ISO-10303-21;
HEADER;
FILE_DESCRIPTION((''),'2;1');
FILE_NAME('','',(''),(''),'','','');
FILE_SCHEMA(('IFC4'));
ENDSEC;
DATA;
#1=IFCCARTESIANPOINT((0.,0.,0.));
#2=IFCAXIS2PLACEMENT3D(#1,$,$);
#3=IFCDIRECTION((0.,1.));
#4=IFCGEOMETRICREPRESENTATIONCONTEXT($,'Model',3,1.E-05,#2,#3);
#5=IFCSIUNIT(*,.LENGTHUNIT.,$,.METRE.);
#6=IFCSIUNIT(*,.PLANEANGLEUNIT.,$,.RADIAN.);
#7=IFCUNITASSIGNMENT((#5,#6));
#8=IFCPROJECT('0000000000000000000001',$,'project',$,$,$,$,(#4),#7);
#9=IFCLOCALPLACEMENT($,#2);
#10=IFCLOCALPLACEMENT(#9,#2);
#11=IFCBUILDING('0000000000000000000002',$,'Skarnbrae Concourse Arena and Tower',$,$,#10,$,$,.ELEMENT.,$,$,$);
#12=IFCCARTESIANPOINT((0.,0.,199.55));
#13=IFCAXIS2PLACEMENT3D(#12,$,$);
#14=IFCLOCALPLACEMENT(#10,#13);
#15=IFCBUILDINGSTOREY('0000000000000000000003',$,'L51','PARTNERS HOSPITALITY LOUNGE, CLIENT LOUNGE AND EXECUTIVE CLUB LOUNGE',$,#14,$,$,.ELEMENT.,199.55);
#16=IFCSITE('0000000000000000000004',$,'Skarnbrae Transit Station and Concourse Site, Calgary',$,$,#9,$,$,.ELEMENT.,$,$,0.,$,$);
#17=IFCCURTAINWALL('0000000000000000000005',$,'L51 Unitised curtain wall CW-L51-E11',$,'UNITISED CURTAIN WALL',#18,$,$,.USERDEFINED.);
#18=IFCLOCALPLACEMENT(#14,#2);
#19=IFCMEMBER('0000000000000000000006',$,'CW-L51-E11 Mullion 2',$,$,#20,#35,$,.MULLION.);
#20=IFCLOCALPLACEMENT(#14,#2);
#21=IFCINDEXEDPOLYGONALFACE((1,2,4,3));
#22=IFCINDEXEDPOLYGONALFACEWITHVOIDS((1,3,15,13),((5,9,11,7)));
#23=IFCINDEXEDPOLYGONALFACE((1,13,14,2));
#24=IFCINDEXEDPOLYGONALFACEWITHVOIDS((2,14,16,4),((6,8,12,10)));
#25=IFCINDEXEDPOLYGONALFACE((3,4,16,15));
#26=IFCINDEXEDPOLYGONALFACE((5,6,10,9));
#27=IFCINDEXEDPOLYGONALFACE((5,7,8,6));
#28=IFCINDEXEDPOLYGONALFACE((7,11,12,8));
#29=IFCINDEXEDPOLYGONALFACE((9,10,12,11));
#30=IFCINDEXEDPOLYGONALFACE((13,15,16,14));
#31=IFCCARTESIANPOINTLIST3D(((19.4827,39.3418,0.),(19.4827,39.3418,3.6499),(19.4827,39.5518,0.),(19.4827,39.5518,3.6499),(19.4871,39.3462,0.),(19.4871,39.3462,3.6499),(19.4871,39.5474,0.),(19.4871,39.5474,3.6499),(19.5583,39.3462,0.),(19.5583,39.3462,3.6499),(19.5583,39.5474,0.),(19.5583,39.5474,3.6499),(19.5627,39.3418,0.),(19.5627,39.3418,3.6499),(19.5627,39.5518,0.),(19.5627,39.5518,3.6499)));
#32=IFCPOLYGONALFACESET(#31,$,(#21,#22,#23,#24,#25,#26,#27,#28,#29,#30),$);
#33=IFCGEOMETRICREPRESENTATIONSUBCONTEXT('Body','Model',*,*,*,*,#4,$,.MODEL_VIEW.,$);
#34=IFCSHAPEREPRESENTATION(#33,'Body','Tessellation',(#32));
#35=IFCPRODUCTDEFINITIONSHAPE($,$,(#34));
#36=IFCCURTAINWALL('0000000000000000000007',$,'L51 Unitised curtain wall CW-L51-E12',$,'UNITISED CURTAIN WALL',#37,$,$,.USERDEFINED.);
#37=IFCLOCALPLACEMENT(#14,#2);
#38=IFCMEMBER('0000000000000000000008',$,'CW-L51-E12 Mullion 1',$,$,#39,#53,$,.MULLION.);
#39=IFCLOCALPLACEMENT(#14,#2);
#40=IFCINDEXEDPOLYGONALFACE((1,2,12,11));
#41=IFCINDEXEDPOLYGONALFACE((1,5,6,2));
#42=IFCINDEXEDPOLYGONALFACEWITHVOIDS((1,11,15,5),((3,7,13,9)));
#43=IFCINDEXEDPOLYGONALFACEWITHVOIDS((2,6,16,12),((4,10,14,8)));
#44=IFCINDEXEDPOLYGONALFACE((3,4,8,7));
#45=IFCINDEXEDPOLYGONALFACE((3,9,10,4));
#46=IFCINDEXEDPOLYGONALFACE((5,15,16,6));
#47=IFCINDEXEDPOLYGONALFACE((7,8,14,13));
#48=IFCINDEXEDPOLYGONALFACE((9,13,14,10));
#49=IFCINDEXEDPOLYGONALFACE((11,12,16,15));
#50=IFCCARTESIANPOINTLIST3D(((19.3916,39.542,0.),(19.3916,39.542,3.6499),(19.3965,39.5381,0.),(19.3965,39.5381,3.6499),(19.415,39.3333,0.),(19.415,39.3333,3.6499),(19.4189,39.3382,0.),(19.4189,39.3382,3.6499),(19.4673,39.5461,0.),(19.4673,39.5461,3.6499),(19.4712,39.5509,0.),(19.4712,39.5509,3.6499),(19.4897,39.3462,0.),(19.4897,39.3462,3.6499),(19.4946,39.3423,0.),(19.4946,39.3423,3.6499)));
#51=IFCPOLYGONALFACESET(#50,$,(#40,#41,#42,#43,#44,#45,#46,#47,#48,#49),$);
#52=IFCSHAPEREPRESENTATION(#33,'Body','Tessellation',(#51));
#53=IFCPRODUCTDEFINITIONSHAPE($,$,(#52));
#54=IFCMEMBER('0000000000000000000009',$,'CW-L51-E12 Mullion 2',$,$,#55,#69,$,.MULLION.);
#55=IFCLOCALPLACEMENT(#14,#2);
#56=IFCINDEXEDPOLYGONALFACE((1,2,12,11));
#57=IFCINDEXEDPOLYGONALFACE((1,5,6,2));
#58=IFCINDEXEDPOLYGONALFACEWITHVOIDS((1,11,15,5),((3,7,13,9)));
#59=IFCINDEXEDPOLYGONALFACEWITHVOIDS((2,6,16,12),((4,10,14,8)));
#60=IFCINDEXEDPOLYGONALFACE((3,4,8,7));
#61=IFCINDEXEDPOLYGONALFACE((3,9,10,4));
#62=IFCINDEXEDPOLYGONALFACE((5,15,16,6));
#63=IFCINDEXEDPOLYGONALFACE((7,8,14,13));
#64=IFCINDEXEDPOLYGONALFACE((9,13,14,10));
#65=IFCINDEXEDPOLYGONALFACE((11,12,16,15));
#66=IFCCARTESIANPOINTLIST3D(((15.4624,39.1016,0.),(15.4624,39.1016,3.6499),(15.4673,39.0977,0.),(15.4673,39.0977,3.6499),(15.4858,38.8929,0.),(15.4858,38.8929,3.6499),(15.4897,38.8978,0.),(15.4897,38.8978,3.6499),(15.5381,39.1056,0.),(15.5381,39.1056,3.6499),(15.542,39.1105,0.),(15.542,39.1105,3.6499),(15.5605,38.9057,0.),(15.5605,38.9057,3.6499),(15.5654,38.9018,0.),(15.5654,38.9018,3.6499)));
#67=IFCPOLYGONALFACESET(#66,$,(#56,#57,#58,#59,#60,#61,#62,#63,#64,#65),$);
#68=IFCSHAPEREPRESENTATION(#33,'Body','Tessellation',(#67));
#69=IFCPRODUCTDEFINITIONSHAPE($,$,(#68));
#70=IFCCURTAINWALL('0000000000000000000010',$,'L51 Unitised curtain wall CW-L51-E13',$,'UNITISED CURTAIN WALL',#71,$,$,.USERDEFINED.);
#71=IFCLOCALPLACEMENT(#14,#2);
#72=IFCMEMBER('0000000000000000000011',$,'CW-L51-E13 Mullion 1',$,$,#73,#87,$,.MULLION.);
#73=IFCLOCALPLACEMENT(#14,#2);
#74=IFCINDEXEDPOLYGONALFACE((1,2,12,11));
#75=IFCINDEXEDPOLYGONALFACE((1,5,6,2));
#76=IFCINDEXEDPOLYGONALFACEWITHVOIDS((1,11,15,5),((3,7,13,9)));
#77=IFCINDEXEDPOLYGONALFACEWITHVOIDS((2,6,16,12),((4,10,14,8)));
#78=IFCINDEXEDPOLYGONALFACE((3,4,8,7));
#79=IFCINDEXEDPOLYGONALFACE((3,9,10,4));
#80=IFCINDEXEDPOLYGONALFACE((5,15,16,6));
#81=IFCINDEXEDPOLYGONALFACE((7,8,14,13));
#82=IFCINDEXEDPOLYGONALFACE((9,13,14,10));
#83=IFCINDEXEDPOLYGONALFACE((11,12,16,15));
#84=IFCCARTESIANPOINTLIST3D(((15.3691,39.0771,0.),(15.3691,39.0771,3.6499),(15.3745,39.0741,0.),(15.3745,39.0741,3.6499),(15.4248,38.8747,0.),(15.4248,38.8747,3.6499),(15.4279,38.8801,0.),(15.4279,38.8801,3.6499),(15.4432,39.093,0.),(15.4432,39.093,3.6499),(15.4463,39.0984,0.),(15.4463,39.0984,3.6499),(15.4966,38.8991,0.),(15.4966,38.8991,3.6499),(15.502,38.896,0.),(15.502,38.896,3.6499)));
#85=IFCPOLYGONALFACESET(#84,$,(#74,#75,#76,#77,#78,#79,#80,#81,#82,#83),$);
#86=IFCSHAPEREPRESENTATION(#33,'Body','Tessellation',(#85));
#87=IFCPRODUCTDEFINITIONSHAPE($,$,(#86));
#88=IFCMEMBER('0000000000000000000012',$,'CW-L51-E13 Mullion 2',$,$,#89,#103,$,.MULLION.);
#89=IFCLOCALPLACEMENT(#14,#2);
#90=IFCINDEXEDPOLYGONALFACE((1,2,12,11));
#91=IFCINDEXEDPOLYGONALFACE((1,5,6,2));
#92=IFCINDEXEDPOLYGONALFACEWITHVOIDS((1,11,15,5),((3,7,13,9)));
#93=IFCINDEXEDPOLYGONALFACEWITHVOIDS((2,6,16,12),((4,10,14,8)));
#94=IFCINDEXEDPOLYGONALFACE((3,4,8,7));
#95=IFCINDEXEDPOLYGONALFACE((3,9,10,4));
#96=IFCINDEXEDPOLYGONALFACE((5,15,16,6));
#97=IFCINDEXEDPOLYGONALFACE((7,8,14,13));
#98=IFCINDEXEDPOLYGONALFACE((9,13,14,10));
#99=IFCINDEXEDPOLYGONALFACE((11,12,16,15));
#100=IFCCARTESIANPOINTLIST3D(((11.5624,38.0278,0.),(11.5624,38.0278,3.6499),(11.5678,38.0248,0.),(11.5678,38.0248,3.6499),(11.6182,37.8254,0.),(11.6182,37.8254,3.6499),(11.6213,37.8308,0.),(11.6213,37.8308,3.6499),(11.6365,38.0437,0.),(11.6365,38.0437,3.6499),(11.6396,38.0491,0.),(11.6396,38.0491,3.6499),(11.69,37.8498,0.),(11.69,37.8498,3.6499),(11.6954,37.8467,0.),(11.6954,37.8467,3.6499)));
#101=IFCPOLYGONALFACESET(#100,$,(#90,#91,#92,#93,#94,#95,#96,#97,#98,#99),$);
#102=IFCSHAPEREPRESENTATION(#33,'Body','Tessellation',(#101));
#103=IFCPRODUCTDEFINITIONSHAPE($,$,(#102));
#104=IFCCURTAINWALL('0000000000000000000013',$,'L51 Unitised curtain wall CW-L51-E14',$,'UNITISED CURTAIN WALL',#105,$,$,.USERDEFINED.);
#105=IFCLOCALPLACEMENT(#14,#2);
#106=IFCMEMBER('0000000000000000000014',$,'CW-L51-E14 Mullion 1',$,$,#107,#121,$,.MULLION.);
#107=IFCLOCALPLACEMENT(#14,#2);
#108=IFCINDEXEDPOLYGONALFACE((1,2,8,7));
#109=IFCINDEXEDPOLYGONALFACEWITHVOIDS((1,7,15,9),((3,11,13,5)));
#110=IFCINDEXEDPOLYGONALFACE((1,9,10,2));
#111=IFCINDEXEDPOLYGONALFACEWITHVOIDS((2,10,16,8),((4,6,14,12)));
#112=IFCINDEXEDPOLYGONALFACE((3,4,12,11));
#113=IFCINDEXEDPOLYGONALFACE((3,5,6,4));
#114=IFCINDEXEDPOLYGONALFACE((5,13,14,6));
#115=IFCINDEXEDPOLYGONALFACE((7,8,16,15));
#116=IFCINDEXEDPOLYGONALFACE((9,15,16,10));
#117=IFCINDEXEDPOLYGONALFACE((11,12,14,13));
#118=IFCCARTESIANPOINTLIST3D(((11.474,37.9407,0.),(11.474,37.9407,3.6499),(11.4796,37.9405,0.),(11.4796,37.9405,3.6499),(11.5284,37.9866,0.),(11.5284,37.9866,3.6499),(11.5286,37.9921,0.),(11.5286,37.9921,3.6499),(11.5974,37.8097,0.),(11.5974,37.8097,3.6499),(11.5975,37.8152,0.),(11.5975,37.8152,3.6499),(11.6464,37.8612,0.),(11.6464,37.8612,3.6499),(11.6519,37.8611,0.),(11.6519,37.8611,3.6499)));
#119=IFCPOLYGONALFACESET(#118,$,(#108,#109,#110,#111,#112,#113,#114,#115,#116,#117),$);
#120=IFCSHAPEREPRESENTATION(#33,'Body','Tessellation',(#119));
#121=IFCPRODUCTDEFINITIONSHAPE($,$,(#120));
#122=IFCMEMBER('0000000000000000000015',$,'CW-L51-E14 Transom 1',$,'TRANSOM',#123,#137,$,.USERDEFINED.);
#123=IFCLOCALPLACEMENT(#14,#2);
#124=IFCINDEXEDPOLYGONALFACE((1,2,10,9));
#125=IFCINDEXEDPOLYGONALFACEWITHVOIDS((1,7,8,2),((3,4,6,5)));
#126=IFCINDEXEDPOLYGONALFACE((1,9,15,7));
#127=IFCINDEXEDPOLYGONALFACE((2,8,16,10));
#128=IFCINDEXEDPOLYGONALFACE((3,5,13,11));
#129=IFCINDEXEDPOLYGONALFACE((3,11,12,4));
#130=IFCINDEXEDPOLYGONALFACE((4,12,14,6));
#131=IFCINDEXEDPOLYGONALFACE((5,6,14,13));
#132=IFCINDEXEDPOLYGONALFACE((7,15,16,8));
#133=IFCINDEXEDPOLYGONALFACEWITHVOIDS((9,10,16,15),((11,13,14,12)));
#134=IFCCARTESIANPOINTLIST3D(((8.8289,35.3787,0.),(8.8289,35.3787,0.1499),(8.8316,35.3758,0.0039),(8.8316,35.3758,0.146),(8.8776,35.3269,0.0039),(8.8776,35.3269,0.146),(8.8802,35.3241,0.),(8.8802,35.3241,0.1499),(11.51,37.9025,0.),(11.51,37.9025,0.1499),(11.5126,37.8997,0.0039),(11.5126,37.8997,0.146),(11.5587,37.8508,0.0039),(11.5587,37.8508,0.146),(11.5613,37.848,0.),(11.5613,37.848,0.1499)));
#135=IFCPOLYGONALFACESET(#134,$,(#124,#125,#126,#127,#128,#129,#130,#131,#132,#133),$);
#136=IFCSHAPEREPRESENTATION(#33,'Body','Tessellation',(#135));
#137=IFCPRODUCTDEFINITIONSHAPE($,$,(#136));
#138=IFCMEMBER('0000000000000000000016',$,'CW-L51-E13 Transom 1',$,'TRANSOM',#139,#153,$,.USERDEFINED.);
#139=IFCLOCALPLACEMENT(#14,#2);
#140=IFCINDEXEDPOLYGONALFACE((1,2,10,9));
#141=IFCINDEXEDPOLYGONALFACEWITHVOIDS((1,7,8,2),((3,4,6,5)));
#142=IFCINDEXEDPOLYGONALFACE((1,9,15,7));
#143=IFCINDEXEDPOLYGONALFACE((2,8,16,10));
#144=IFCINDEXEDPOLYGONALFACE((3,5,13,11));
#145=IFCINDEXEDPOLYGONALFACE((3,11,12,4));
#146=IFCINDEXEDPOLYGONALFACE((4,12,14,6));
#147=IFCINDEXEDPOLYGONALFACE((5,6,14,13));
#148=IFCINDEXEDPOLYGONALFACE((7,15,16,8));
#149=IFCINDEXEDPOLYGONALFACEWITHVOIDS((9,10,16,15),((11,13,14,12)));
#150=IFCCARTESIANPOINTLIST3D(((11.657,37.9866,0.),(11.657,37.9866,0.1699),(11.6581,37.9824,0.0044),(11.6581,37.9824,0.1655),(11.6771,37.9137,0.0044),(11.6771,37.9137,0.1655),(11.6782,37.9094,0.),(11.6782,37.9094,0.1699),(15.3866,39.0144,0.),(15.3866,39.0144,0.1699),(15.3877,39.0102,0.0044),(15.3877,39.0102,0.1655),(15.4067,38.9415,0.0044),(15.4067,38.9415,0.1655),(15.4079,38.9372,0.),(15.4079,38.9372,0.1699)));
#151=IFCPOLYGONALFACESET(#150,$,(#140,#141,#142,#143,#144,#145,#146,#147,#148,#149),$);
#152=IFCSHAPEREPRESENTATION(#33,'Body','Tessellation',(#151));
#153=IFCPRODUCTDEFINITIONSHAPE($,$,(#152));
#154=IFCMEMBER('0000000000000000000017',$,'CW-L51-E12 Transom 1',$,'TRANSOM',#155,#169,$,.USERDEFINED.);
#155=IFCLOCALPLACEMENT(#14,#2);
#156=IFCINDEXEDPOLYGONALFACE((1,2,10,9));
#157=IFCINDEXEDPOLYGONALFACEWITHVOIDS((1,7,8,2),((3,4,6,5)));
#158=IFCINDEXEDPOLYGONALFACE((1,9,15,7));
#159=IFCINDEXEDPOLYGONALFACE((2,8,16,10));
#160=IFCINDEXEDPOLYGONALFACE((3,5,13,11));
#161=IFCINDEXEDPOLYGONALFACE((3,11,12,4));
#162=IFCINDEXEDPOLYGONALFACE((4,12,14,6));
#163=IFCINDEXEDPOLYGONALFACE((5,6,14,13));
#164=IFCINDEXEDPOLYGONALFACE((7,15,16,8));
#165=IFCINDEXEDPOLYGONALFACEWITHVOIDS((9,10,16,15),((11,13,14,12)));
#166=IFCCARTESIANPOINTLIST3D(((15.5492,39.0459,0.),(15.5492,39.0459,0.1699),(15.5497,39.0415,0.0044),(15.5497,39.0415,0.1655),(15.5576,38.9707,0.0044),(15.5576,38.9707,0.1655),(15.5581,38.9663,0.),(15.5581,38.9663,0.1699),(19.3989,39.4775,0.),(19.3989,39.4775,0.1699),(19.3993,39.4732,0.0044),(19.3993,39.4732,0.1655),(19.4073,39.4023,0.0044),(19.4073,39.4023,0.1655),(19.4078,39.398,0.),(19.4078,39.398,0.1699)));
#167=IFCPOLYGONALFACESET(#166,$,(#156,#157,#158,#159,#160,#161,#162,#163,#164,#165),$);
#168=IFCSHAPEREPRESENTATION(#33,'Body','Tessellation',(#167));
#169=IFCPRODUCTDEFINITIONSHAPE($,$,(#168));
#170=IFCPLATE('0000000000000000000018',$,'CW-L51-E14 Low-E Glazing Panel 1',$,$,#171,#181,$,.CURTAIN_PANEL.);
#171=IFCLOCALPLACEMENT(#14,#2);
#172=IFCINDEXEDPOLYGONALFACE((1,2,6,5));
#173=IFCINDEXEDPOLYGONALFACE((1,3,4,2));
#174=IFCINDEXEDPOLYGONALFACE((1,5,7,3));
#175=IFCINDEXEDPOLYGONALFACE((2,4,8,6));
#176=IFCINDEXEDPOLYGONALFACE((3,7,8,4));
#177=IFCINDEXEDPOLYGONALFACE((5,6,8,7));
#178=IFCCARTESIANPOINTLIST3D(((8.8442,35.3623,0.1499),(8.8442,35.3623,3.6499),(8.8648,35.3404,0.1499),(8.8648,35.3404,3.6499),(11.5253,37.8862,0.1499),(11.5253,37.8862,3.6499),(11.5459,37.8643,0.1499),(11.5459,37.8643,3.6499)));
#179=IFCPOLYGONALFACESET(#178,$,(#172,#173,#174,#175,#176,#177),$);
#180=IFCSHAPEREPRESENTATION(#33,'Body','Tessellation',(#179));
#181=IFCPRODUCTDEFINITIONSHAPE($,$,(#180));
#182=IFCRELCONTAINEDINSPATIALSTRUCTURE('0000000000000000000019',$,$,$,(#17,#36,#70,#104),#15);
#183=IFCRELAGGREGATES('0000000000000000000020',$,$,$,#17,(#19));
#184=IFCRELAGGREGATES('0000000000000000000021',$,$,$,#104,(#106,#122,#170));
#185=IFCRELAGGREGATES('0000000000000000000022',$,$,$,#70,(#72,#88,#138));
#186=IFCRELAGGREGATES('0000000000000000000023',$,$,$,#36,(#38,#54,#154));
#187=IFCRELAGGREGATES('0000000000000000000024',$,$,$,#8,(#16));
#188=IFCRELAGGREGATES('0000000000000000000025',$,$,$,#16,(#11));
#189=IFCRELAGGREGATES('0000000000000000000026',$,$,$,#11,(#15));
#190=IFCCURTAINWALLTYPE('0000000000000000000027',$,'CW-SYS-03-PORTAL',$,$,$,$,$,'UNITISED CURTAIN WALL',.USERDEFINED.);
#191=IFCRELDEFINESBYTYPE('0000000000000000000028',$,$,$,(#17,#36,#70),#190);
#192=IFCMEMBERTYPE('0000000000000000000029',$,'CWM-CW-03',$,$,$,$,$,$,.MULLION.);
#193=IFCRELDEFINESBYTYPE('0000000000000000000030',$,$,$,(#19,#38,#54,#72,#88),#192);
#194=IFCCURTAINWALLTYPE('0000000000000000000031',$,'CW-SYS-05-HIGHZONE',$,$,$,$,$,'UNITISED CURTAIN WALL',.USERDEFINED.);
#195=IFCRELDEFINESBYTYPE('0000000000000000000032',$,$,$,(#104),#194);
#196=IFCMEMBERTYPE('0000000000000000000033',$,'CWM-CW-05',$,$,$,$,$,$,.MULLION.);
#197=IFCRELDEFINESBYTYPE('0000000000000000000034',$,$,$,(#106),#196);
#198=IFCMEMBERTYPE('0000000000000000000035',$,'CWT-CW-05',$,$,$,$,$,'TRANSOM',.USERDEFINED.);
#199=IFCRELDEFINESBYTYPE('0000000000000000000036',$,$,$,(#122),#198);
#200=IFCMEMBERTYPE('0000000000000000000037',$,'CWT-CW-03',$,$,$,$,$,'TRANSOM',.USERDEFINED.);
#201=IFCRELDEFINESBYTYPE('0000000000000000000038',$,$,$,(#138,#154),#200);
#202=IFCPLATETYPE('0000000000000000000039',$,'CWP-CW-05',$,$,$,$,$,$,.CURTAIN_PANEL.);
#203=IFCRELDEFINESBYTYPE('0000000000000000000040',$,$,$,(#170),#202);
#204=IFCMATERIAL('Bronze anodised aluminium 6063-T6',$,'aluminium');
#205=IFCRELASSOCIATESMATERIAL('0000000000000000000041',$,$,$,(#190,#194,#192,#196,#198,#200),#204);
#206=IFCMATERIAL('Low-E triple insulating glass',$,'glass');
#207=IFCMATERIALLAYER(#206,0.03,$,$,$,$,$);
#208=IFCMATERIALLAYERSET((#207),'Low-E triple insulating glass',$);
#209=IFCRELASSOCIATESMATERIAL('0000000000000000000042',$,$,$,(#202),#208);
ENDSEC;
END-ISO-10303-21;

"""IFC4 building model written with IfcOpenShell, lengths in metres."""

from ifc_helpers import new_model, si_unit, direction, frame, origin, origin_2d, place, context, subcontext, project, spatial, rectangle, hollow_rectangle, extrude, source, transform, mapped, material, layer, layer_set, material_profile, profile_set, type_object, element, aggregate, save


model = new_model("IFC4")

# Units and contexts
model_context = context("Model", 3, precision=1e-05, world=origin(), true_north=direction((0.0, 1.0)))
body_context = subcontext(model_context, "Body", "Model", "MODEL_VIEW")
ifc_project = project(units=[si_unit("LENGTHUNIT", "METRE"), si_unit("PLANEANGLEUNIT", "RADIAN")], contexts=[model_context])

# Site, building, storey
site_placement = place(None, origin())
site = spatial("IfcSite", under=ifc_project, at=site_placement, Name="Skarnbrae Transit Station and Concourse Site, Calgary", CompositionType="ELEMENT", RefElevation=0.0)
building_placement = place(site_placement, origin())
building = spatial("IfcBuilding", under=site, at=building_placement, Name="Skarnbrae Concourse Arena and Tower", CompositionType="ELEMENT")
storey_placement = place(building_placement, frame((0.0, 0.0, 199.55)))
storey = spatial("IfcBuildingStorey", under=building, at=storey_placement, Name="L51", Description="PARTNERS HOSPITALITY LOUNGE, CLIENT LOUNGE AND EXECUTIVE CLUB LOUNGE", CompositionType="ELEMENT", Elevation=199.55)

# Curtain wall, member
ifc_material_1 = material(Name="Bronze anodised aluminium 6063-T6", Category="aluminium")
curtain_wall_type_1 = type_object("IfcCurtainWallType", Name="CW-SYS-03-PORTAL", ElementType="UNITISED CURTAIN WALL", PredefinedType="USERDEFINED", material=ifc_material_1)
curtain_wall_1_placement = place(storey_placement, origin())
curtain_wall_1 = element("IfcCurtainWall", 1, at=curtain_wall_1_placement, inside=storey, type_object=curtain_wall_type_1, Name="L51 Unitised curtain wall CW-L51-E11", ObjectType="UNITISED CURTAIN WALL", PredefinedType="USERDEFINED")
ifc_material_profile_1 = material_profile(ifc_material_1, hollow_rectangle(XDim=0.0801, YDim=0.21, WallThickness=0.0044, at=origin_2d()), Name="ALU-MULL-80X210")
ifc_profile_set_1 = profile_set([ifc_material_profile_1], Name="Bronze anodised aluminium 6063-T6")
member_type_1 = type_object("IfcMemberType", Name="CWM-CW-03", PredefinedType="MULLION", material=ifc_profile_set_1)
shared_shape_1 = source(origin(), body_context, "Body", "SweptSolid", [
    extrude(hollow_rectangle(XDim=0.0801, YDim=0.21, WallThickness=0.0044, at=origin_2d()), origin(), (0.0, 0.0, 1.0), 3.6499),
])
member_1_placement = place(storey_placement, frame((19.5227, 39.4468, 0.0), z_axis=(0.0, 0.0, 1.0), x_axis=(-1.0, 0.0, 0.0)))
member_1 = element("IfcMember", 2, at=member_1_placement, type_object=member_type_1, Name="CW-L51-E11 Mullion 2", PredefinedType="MULLION", context=body_context, shape_type="MappedRepresentation", body=[
    mapped(shared_shape_1, transform((0.0, 0.0, 0.0))),
])
aggregate(curtain_wall_1, [member_1])

# Curtain walls, members
curtain_wall_2_placement = place(storey_placement, origin())
curtain_wall_2 = element("IfcCurtainWall", 3, at=curtain_wall_2_placement, inside=storey, type_object=curtain_wall_type_1, Name="L51 Unitised curtain wall CW-L51-E12", ObjectType="UNITISED CURTAIN WALL", PredefinedType="USERDEFINED")
member_2_placement = place(storey_placement, frame((19.4431, 39.4421, 0.0), z_axis=(0.0, 0.0, 1.0), x_axis=(-0.993769, -0.11146, 0.0)))
member_2 = element("IfcMember", 4, at=member_2_placement, type_object=member_type_1, Name="CW-L51-E12 Mullion 1", PredefinedType="MULLION", context=body_context, shape_type="MappedRepresentation", body=[
    mapped(shared_shape_1, transform((0.0, 0.0, 0.0))),
])
member_3_placement = place(storey_placement, frame((15.5139, 39.0017, 0.0), z_axis=(0.0, 0.0, 1.0), x_axis=(-0.993769, -0.11146, 0.0)))
member_3 = element("IfcMember", 5, at=member_3_placement, type_object=member_type_1, Name="CW-L51-E12 Mullion 2", PredefinedType="MULLION", context=body_context, shape_type="MappedRepresentation", body=[
    mapped(shared_shape_1, transform((0.0, 0.0, 0.0))),
])
curtain_wall_3_placement = place(storey_placement, origin())
curtain_wall_3 = element("IfcCurtainWall", 6, at=curtain_wall_3_placement, inside=storey, type_object=curtain_wall_type_1, Name="L51 Unitised curtain wall CW-L51-E13", ObjectType="UNITISED CURTAIN WALL", PredefinedType="USERDEFINED")
member_4_placement = place(storey_placement, frame((15.4355, 38.9866, 0.0), z_axis=(0.0, 0.0, 1.0), x_axis=(-0.964057, -0.265694, 0.0)))
member_4 = element("IfcMember", 7, at=member_4_placement, type_object=member_type_1, Name="CW-L51-E13 Mullion 1", PredefinedType="MULLION", context=body_context, shape_type="MappedRepresentation", body=[
    mapped(shared_shape_1, transform((0.0, 0.0, 0.0))),
])
member_5_placement = place(storey_placement, frame((11.6289, 37.9373, 0.0), z_axis=(0.0, 0.0, 1.0), x_axis=(-0.964057, -0.265694, 0.0)))
member_5 = element("IfcMember", 8, at=member_5_placement, type_object=member_type_1, Name="CW-L51-E13 Mullion 2", PredefinedType="MULLION", context=body_context, shape_type="MappedRepresentation", body=[
    mapped(shared_shape_1, transform((0.0, 0.0, 0.0))),
])
curtain_wall_type_2 = type_object("IfcCurtainWallType", Name="CW-SYS-05-HIGHZONE", ElementType="UNITISED CURTAIN WALL", PredefinedType="USERDEFINED", material=ifc_material_1)
curtain_wall_4_placement = place(storey_placement, origin())
curtain_wall_4 = element("IfcCurtainWall", 9, at=curtain_wall_4_placement, inside=storey, type_object=curtain_wall_type_2, Name="L51 Unitised curtain wall CW-L51-E14", ObjectType="UNITISED CURTAIN WALL", PredefinedType="USERDEFINED")
ifc_material_profile_2 = material_profile(ifc_material_1, hollow_rectangle(XDim=0.075, YDim=0.1799, WallThickness=0.0039, at=origin_2d()), Name="ALU-MULL-75X180")
ifc_profile_set_2 = profile_set([ifc_material_profile_2], Name="Bronze anodised aluminium 6063-T6")
member_type_2 = type_object("IfcMemberType", Name="CWM-CW-05", PredefinedType="MULLION", material=ifc_profile_set_2)
shared_shape_2 = source(origin(), body_context, "Body", "SweptSolid", [
    extrude(hollow_rectangle(XDim=0.075, YDim=0.1799, WallThickness=0.0039, at=origin_2d()), origin(), (0.0, 0.0, 1.0), 3.6499),
])
member_6_placement = place(storey_placement, frame((11.563, 37.9009, 0.0), z_axis=(0.0, 0.0, 1.0), x_axis=(-0.728131, -0.685438, 0.0)))
member_6 = element("IfcMember", 10, at=member_6_placement, type_object=member_type_2, Name="CW-L51-E14 Mullion 1", PredefinedType="MULLION", context=body_context, shape_type="MappedRepresentation", body=[
    mapped(shared_shape_2, transform((0.0, 0.0, 0.0))),
])
ifc_material_profile_3 = material_profile(ifc_material_1, hollow_rectangle(XDim=0.075, YDim=0.1499, WallThickness=0.0039, at=origin_2d()), Name="ALU-TRAN-75X150")
ifc_profile_set_3 = profile_set([ifc_material_profile_3], Name="Bronze anodised aluminium 6063-T6")
member_type_3 = type_object("IfcMemberType", Name="CWT-CW-05", ElementType="TRANSOM", PredefinedType="USERDEFINED", material=ifc_profile_set_3)
shared_shape_3 = source(origin(), body_context, "Body", "SweptSolid", [
    extrude(hollow_rectangle(XDim=0.075, YDim=0.1499, WallThickness=0.0039, at=origin_2d()), origin(), (0.0, 0.0, 1.0), 3.6821),
])
member_7_placement = place(storey_placement, frame((11.5356, 37.8752, 0.075), z_axis=(-0.728134, -0.685435, 0.0), x_axis=(0.685435, -0.728134, 0.0)))
member_7 = element("IfcMember", 11, at=member_7_placement, type_object=member_type_3, Name="CW-L51-E14 Transom 1", ObjectType="TRANSOM", PredefinedType="USERDEFINED", context=body_context, shape_type="MappedRepresentation", body=[
    mapped(shared_shape_3, transform((0.0, 0.0, 0.0))),
])

# Members
ifc_material_profile_4 = material_profile(ifc_material_1, hollow_rectangle(XDim=0.0801, YDim=0.1699, WallThickness=0.0044, at=origin_2d()), Name="ALU-TRAN-80X170")
ifc_profile_set_4 = profile_set([ifc_material_profile_4], Name="Bronze anodised aluminium 6063-T6")
member_type_4 = type_object("IfcMemberType", Name="CWT-CW-03", ElementType="TRANSOM", PredefinedType="USERDEFINED", material=ifc_profile_set_4)
shared_shape_4 = source(origin(), body_context, "Body", "SweptSolid", [
    extrude(hollow_rectangle(XDim=0.0801, YDim=0.1699, WallThickness=0.0044, at=origin_2d()), origin(), (0.0, 0.0, 1.0), 3.8687),
])
member_8_placement = place(storey_placement, frame((15.3972, 38.9758, 0.085), z_axis=(-0.964063, -0.265674, 0.0), x_axis=(0.265674, -0.964063, 0.0)))
member_8 = element("IfcMember", 12, at=member_8_placement, type_object=member_type_4, Name="CW-L51-E13 Transom 1", ObjectType="TRANSOM", PredefinedType="USERDEFINED", context=body_context, shape_type="MappedRepresentation", body=[
    mapped(shared_shape_4, transform((0.0, 0.0, 0.0))),
])
shared_shape_5 = source(origin(), body_context, "Body", "SweptSolid", [
    extrude(hollow_rectangle(XDim=0.0801, YDim=0.1699, WallThickness=0.0044, at=origin_2d()), origin(), (0.0, 0.0, 1.0), 3.8738),
])
member_9_placement = place(storey_placement, frame((19.4033, 39.4377, 0.085), z_axis=(-0.993773, -0.111428, 0.0), x_axis=(0.111428, -0.993773, 0.0)))
member_9 = element("IfcMember", 13, at=member_9_placement, type_object=member_type_4, Name="CW-L51-E12 Transom 1", ObjectType="TRANSOM", PredefinedType="USERDEFINED", context=body_context, shape_type="MappedRepresentation", body=[
    mapped(shared_shape_5, transform((0.0, 0.0, 0.0))),
])

# Plate
ifc_material_2 = material(Name="Low-E triple insulating glass", Category="glass")
ifc_layer_1 = layer(ifc_material_2, 0.03)
ifc_layer_set_1 = layer_set([ifc_layer_1], Name="Low-E triple insulating glass")
plate_type_1 = type_object("IfcPlateType", Name="CWP-CW-05", PredefinedType="CURTAIN_PANEL", material=ifc_layer_set_1)
shared_shape_6 = source(origin(), body_context, "Body", "SweptSolid", [
    extrude(rectangle(XDim=3.6821, YDim=0.03, at=origin_2d()), origin(), (0.0, 0.0, 1.0), 3.5),
])
plate_1_placement = place(storey_placement, frame((10.1951, 36.6133, 0.1499), z_axis=(0.0, 0.0, 1.0), x_axis=(-0.728131, -0.685438, 0.0)))
plate_1 = element("IfcPlate", 14, at=plate_1_placement, type_object=plate_type_1, Name="CW-L51-E14 Low-E Glazing Panel 1", PredefinedType="CURTAIN_PANEL", context=body_context, shape_type="MappedRepresentation", body=[
    mapped(shared_shape_6, transform((0.0, 0.0, 0.0))),
])
aggregate(curtain_wall_4, [member_6, member_7, plate_1])
aggregate(curtain_wall_3, [member_4, member_5, member_8])
aggregate(curtain_wall_2, [member_2, member_3, member_9])

save(model, "model.ifc")
